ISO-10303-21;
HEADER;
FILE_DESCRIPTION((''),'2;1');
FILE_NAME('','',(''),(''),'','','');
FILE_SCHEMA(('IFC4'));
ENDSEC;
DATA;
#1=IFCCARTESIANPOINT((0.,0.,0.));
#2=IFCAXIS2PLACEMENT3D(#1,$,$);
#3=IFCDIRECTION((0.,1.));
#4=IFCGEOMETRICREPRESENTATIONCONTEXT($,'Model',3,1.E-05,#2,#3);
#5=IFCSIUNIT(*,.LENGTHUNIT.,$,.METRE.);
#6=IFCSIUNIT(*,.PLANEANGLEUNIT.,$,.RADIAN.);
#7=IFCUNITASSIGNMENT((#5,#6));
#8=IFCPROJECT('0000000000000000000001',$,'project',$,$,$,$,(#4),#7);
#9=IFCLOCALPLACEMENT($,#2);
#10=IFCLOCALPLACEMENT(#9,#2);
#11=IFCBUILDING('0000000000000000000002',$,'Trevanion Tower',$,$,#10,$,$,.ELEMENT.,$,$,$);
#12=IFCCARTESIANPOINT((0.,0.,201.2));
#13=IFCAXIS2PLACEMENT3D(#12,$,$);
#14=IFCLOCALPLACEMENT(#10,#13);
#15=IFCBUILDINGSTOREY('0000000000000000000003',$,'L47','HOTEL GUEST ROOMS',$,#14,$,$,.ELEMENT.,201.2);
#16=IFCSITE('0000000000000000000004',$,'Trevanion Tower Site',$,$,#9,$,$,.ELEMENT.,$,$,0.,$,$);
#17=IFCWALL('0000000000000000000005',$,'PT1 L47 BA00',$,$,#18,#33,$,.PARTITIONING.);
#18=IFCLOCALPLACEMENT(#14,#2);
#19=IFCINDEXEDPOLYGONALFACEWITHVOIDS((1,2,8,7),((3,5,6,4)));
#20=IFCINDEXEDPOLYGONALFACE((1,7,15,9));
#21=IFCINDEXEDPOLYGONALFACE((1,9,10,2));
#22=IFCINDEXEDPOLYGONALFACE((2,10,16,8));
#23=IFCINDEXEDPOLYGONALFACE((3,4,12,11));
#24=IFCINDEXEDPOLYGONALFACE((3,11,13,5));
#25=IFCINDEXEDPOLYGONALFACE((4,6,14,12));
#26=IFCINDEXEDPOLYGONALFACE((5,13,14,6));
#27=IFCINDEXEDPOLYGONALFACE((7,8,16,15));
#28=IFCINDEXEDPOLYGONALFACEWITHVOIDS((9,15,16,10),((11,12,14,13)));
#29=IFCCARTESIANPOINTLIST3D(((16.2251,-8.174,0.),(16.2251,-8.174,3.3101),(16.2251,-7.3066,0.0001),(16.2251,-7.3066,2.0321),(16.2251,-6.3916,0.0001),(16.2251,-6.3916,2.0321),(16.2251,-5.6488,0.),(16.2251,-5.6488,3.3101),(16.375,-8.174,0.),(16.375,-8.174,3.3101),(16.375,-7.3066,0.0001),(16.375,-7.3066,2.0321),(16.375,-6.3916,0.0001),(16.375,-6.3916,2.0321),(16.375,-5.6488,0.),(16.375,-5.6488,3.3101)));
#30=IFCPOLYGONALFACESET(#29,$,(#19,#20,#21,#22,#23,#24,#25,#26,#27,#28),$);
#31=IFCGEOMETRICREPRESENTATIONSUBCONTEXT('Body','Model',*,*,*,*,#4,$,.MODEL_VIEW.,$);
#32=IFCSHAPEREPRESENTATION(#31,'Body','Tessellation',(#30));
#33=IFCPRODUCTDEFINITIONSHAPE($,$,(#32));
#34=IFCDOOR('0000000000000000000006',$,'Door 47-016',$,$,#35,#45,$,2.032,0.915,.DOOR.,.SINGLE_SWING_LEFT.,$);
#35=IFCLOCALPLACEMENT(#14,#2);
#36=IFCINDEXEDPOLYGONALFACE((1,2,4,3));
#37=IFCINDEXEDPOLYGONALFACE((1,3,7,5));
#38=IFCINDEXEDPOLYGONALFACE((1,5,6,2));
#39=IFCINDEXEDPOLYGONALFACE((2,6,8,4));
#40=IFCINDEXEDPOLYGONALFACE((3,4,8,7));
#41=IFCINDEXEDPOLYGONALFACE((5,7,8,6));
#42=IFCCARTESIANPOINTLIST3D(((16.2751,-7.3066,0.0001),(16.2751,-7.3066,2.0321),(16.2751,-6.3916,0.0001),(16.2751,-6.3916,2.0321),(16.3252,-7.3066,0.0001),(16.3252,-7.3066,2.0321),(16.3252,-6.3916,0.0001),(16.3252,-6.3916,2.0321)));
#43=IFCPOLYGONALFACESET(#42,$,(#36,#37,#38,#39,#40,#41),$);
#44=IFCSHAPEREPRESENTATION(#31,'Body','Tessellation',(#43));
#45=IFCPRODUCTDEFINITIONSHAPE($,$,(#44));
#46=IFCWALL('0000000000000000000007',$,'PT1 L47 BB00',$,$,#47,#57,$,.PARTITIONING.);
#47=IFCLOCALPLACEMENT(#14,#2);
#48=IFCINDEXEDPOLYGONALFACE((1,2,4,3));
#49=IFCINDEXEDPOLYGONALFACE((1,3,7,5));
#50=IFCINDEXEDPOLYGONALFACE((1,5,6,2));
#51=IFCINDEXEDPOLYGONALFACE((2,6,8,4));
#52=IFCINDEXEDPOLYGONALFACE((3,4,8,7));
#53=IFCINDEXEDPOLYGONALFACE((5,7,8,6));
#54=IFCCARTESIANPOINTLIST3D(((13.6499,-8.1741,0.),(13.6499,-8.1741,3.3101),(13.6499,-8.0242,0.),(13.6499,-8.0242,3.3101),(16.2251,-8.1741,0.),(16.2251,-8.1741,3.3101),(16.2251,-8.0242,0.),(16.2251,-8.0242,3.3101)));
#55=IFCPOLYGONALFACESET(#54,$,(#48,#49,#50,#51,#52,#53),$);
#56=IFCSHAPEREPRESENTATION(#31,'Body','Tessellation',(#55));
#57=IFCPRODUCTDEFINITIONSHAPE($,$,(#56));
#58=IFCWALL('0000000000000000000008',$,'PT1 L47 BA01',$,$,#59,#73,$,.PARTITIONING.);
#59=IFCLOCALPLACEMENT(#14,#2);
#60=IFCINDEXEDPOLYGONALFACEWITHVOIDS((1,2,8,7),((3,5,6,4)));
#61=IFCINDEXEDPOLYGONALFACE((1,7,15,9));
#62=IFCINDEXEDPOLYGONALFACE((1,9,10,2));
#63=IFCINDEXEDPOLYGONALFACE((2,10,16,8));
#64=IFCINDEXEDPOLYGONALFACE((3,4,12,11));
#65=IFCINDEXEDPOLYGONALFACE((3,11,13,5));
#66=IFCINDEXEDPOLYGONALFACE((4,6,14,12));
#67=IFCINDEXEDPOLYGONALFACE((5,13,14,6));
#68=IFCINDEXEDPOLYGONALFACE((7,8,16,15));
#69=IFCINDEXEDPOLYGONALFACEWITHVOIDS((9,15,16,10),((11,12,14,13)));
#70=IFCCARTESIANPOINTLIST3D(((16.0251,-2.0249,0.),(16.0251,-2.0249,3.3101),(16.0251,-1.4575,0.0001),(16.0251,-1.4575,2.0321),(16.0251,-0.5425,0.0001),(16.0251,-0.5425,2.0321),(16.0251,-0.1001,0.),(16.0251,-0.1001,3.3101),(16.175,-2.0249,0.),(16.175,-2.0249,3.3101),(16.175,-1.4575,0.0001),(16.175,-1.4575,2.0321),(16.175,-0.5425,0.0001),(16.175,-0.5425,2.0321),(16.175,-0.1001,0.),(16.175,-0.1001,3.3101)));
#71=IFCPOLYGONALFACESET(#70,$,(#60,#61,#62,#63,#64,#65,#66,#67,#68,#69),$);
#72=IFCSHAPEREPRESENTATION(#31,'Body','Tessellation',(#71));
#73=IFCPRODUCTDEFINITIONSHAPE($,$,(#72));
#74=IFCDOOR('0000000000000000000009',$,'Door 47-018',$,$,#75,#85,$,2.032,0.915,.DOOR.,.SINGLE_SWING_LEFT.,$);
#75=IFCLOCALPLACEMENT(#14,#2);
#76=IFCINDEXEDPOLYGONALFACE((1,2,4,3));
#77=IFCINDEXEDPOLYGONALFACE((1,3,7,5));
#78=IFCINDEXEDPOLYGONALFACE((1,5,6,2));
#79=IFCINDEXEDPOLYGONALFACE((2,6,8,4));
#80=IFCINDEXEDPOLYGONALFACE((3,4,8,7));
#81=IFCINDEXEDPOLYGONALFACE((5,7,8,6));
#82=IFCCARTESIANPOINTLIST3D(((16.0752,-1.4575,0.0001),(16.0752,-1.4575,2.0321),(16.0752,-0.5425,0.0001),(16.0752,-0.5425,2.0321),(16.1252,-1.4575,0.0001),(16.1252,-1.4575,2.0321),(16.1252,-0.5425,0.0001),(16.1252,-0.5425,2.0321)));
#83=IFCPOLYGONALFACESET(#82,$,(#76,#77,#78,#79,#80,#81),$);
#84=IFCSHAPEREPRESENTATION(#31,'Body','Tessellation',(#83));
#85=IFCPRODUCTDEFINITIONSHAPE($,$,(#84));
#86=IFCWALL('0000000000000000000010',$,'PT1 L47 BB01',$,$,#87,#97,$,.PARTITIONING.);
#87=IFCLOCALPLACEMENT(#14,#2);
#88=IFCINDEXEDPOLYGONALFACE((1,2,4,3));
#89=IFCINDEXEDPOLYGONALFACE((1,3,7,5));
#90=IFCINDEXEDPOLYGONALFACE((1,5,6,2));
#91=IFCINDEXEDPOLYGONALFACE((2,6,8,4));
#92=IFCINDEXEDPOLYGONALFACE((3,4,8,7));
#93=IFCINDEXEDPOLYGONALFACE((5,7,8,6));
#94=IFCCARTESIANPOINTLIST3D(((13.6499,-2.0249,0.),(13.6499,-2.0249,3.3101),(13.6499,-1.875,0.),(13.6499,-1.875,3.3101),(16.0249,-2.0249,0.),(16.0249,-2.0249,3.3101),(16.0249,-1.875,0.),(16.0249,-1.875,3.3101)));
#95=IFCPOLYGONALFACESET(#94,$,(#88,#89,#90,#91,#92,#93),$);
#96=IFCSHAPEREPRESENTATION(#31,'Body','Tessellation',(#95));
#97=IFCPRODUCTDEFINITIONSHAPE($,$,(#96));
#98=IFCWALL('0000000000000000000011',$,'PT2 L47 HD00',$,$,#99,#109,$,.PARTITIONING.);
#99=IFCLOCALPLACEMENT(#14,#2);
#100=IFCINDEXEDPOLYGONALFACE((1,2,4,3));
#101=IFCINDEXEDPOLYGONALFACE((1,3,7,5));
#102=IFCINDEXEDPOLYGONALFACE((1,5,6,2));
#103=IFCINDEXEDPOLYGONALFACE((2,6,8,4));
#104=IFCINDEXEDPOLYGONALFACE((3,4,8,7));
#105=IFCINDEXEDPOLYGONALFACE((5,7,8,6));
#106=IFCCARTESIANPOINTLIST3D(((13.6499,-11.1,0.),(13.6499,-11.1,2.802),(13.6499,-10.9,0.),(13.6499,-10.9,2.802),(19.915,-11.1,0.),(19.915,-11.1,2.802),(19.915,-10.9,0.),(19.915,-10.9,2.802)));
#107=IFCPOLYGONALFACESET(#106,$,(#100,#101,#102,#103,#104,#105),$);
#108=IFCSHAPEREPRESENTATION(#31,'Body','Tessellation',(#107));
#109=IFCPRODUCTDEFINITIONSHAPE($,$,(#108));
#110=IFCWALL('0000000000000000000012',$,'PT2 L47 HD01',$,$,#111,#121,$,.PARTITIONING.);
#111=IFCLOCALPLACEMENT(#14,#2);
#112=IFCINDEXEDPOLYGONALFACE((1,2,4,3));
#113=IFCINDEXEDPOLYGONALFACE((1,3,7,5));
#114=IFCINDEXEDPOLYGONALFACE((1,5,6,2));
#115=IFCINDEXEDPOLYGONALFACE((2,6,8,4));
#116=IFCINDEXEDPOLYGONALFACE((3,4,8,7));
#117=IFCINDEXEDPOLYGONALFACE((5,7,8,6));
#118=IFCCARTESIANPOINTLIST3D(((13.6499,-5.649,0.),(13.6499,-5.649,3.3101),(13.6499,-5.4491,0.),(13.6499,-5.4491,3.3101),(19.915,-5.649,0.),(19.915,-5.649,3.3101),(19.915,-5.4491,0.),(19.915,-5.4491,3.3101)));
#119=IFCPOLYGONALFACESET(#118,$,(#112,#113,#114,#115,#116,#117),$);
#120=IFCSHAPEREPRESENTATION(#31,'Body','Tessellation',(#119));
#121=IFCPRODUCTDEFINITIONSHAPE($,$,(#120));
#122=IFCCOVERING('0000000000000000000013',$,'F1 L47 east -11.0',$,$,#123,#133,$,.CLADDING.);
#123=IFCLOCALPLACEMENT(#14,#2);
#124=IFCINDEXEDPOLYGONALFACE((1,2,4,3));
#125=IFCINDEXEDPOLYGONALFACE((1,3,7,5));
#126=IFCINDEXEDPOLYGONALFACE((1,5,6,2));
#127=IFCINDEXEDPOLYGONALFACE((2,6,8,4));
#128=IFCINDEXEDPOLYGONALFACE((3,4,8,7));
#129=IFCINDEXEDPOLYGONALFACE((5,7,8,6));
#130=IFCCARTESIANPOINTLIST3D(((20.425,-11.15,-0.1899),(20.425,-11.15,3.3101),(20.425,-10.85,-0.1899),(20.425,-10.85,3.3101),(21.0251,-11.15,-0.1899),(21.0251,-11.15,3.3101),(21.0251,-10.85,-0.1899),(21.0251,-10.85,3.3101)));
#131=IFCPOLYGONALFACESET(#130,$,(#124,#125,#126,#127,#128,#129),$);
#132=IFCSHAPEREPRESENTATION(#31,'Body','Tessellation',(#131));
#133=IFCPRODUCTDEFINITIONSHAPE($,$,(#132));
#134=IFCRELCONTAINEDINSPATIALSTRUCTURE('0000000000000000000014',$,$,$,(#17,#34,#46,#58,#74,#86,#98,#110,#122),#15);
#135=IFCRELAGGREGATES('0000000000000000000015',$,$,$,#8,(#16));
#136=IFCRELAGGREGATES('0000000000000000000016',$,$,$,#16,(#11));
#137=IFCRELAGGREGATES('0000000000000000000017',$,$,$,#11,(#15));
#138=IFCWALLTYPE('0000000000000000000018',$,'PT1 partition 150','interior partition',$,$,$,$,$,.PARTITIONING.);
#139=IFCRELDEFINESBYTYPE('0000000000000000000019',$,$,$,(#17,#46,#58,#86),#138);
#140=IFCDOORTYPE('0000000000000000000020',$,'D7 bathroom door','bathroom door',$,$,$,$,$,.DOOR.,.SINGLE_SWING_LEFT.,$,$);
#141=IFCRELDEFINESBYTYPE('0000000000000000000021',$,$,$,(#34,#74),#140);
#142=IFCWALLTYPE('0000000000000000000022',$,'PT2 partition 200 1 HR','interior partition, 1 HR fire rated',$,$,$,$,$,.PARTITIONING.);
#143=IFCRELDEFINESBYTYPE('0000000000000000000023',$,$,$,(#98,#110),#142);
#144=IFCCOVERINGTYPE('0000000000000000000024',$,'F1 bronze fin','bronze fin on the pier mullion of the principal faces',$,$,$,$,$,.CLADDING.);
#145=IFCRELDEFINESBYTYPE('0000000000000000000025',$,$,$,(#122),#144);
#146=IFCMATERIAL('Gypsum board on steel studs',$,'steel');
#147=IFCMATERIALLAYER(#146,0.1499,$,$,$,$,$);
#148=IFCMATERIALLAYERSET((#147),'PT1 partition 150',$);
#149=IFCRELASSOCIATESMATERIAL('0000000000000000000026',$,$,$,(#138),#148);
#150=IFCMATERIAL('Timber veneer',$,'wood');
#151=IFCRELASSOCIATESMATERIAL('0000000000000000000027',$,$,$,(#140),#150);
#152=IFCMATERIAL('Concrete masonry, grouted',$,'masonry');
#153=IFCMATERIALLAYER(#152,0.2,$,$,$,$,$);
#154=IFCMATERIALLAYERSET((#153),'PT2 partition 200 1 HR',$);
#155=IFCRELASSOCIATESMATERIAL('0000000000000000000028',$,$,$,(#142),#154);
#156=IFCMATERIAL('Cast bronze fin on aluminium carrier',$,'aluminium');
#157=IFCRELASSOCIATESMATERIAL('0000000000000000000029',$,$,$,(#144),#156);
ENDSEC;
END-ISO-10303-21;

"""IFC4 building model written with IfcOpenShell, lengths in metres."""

from ifc_helpers import new_model, si_unit, direction, frame, frame_2d, origin, origin_2d, place, context, subcontext, project, spatial, rectangle, extrude, material, layer, layer_set, type_object, element, fill, save


model = new_model("IFC4")

# Units and contexts
model_context = context("Model", 3, precision=1e-05, world=origin(), true_north=direction((0.0, 1.0)))
body_context = subcontext(model_context, "Body", "Model", "MODEL_VIEW")
ifc_project = project(units=[si_unit("LENGTHUNIT", "METRE"), si_unit("PLANEANGLEUNIT", "RADIAN")], contexts=[model_context])

# Site, building, storey
site_placement = place(None, origin())
site = spatial("IfcSite", under=ifc_project, at=site_placement, Name="Trevanion Tower Site", CompositionType="ELEMENT", RefElevation=0.0)
building_placement = place(site_placement, origin())
building = spatial("IfcBuilding", under=site, at=building_placement, Name="Trevanion Tower", CompositionType="ELEMENT")
storey_placement = place(building_placement, frame((0.0, 0.0, 201.2)))
storey = spatial("IfcBuildingStorey", under=building, at=storey_placement, Name="L47", Description="HOTEL GUEST ROOMS", CompositionType="ELEMENT", Elevation=201.2)

# Wall, opening, door
ifc_material_1 = material(Name="Gypsum board on steel studs", Category="steel")
ifc_layer_1 = layer(ifc_material_1, 0.1499)
ifc_layer_set_1 = layer_set([ifc_layer_1], Name="PT1 partition 150")
wall_type_1 = type_object("IfcWallType", Name="PT1 partition 150", Description="interior partition", PredefinedType="PARTITIONING", material=ifc_layer_set_1)
wall_1_placement = place(storey_placement, frame((16.3, -8.1741, 0.0), z_axis=(0.0, 0.0, 1.0), x_axis=(0.0, 1.0, 0.0)))
wall_1 = element("IfcWall", 1, at=wall_1_placement, inside=storey, type_object=wall_type_1, Name="PT1 L47 BA00", PredefinedType="PARTITIONING", context=body_context, shape_type="SweptSolid", body=[
    extrude(rectangle(XDim=2.5251, YDim=0.1499, at=frame_2d((1.2627, 0.0))), origin(), (0.0, 0.0, 1.0), 3.3101),
])
opening_1_placement = place(wall_1_placement, frame((0.8674, 0.0, 0.0)))
opening_1 = element("IfcOpeningElement", 2, at=opening_1_placement, cuts=wall_1, PredefinedType="OPENING", context=body_context, shape_type="SweptSolid", body=[
    extrude(rectangle(XDim=0.915, YDim=2.032, at=frame_2d((0.4575, 1.0161))), frame((0.0, 0.085, 0.0), z_axis=(0.0, -1.0, 0.0), x_axis=(1.0, 0.0, 0.0)), (0.0, 0.0, 1.0), 0.1699),
])
ifc_material_2 = material(Name="Timber veneer", Category="wood")
door_type = type_object("IfcDoorType", Name="D7 bathroom door", Description="bathroom door", OperationType="SINGLE_SWING_LEFT", PredefinedType="DOOR", material=ifc_material_2)
door_1_placement = place(opening_1_placement, origin())
door_1 = element("IfcDoor", 3, at=door_1_placement, inside=storey, type_object=door_type, Name="Door 47-016", OperationType="SINGLE_SWING_LEFT", OverallHeight=2.032, OverallWidth=0.915, PredefinedType="DOOR", context=body_context, shape_type="SweptSolid", body=[
    extrude(rectangle(XDim=0.915, YDim=2.032, at=frame_2d((0.4575, 1.0161))), frame((0.0, 0.0249, 0.0), z_axis=(0.0, -1.0, 0.0), x_axis=(1.0, 0.0, 0.0)), (0.0, 0.0, 1.0), 0.05),
])
fill(opening_1, door_1)

# Wall
wall_2_placement = place(storey_placement, frame((13.6499, -8.0991, 0.0), z_axis=(0.0, 0.0, 1.0), x_axis=(1.0, 0.0, 0.0)))
element("IfcWall", 4, at=wall_2_placement, inside=storey, type_object=wall_type_1, Name="PT1 L47 BB00", PredefinedType="PARTITIONING", context=body_context, shape_type="SweptSolid", body=[
    extrude(rectangle(XDim=2.5752, YDim=0.1499, at=frame_2d((1.2876, 0.0))), origin(), (0.0, 0.0, 1.0), 3.3101),
])

# Wall, opening, door
wall_3_placement = place(storey_placement, frame((16.1001, -2.0249, 0.0), z_axis=(0.0, 0.0, 1.0), x_axis=(0.0, 1.0, 0.0)))
wall_3 = element("IfcWall", 5, at=wall_3_placement, inside=storey, type_object=wall_type_1, Name="PT1 L47 BA01", PredefinedType="PARTITIONING", context=body_context, shape_type="SweptSolid", body=[
    extrude(rectangle(XDim=1.9248, YDim=0.1499, at=frame_2d((0.9624, 0.0))), origin(), (0.0, 0.0, 1.0), 3.3101),
])
opening_2_placement = place(wall_3_placement, frame((0.5674, 0.0, 0.0)))
opening_2 = element("IfcOpeningElement", 6, at=opening_2_placement, cuts=wall_3, PredefinedType="OPENING", context=body_context, shape_type="SweptSolid", body=[
    extrude(rectangle(XDim=0.915, YDim=2.032, at=frame_2d((0.4575, 1.0161))), frame((0.0, 0.085, 0.0), z_axis=(0.0, -1.0, 0.0), x_axis=(1.0, 0.0, 0.0)), (0.0, 0.0, 1.0), 0.1699),
])
door_2_placement = place(opening_2_placement, origin())
door_2 = element("IfcDoor", 7, at=door_2_placement, inside=storey, type_object=door_type, Name="Door 47-018", OperationType="SINGLE_SWING_LEFT", OverallHeight=2.032, OverallWidth=0.915, PredefinedType="DOOR", context=body_context, shape_type="SweptSolid", body=[
    extrude(rectangle(XDim=0.915, YDim=2.032, at=frame_2d((0.4575, 1.0161))), frame((0.0, 0.0249, 0.0), z_axis=(0.0, -1.0, 0.0), x_axis=(1.0, 0.0, 0.0)), (0.0, 0.0, 1.0), 0.05),
])
fill(opening_2, door_2)

# Walls
wall_4_placement = place(storey_placement, frame((13.6499, -1.95, 0.0), z_axis=(0.0, 0.0, 1.0), x_axis=(1.0, 0.0, 0.0)))
element("IfcWall", 8, at=wall_4_placement, inside=storey, type_object=wall_type_1, Name="PT1 L47 BB01", PredefinedType="PARTITIONING", context=body_context, shape_type="SweptSolid", body=[
    extrude(rectangle(XDim=2.375, YDim=0.1499, at=frame_2d((1.1875, 0.0))), origin(), (0.0, 0.0, 1.0), 3.3101),
])
ifc_material_3 = material(Name="Concrete masonry, grouted", Category="masonry")
ifc_layer_2 = layer(ifc_material_3, 0.2)
ifc_layer_set_2 = layer_set([ifc_layer_2], Name="PT2 partition 200 1 HR")
wall_type_2 = type_object("IfcWallType", Name="PT2 partition 200 1 HR", Description="interior partition, 1 HR fire rated", PredefinedType="PARTITIONING", material=ifc_layer_set_2)
wall_5_placement = place(storey_placement, frame((13.6499, -11.0, 0.0), z_axis=(0.0, 0.0, 1.0), x_axis=(1.0, 0.0, 0.0)))
element("IfcWall", 9, at=wall_5_placement, inside=storey, type_object=wall_type_2, Name="PT2 L47 HD00", PredefinedType="PARTITIONING", context=body_context, shape_type="SweptSolid", body=[
    extrude(rectangle(XDim=6.2651, YDim=0.2, at=frame_2d((3.1326, 0.0))), origin(), (0.0, 0.0, 1.0), 2.802),
])
wall_6_placement = place(storey_placement, frame((13.6499, -5.5491, 0.0), z_axis=(0.0, 0.0, 1.0), x_axis=(1.0, 0.0, 0.0)))
element("IfcWall", 10, at=wall_6_placement, inside=storey, type_object=wall_type_2, Name="PT2 L47 HD01", PredefinedType="PARTITIONING", context=body_context, shape_type="SweptSolid", body=[
    extrude(rectangle(XDim=6.2651, YDim=0.2, at=frame_2d((3.1326, 0.0))), origin(), (0.0, 0.0, 1.0), 3.3101),
])

# Covering
ifc_material_4 = material(Name="Cast bronze fin on aluminium carrier", Category="aluminium")
covering_type = type_object("IfcCoveringType", Name="F1 bronze fin", Description="bronze fin on the pier mullion of the principal faces", PredefinedType="CLADDING", material=ifc_material_4)
covering_placement = place(storey_placement, frame((20.7251, -11.0, -0.1899), z_axis=(0.0, 0.0, 1.0), x_axis=(0.0, 1.0, 0.0)))
element("IfcCovering", 11, at=covering_placement, inside=storey, type_object=covering_type, Name="F1 L47 east -11.0", PredefinedType="CLADDING", context=body_context, shape_type="SweptSolid", body=[
    extrude(rectangle(XDim=0.3, YDim=0.6001, at=origin_2d()), origin(), (0.0, 0.0, 1.0), 3.5),
])

save(model, "model.ifc")
